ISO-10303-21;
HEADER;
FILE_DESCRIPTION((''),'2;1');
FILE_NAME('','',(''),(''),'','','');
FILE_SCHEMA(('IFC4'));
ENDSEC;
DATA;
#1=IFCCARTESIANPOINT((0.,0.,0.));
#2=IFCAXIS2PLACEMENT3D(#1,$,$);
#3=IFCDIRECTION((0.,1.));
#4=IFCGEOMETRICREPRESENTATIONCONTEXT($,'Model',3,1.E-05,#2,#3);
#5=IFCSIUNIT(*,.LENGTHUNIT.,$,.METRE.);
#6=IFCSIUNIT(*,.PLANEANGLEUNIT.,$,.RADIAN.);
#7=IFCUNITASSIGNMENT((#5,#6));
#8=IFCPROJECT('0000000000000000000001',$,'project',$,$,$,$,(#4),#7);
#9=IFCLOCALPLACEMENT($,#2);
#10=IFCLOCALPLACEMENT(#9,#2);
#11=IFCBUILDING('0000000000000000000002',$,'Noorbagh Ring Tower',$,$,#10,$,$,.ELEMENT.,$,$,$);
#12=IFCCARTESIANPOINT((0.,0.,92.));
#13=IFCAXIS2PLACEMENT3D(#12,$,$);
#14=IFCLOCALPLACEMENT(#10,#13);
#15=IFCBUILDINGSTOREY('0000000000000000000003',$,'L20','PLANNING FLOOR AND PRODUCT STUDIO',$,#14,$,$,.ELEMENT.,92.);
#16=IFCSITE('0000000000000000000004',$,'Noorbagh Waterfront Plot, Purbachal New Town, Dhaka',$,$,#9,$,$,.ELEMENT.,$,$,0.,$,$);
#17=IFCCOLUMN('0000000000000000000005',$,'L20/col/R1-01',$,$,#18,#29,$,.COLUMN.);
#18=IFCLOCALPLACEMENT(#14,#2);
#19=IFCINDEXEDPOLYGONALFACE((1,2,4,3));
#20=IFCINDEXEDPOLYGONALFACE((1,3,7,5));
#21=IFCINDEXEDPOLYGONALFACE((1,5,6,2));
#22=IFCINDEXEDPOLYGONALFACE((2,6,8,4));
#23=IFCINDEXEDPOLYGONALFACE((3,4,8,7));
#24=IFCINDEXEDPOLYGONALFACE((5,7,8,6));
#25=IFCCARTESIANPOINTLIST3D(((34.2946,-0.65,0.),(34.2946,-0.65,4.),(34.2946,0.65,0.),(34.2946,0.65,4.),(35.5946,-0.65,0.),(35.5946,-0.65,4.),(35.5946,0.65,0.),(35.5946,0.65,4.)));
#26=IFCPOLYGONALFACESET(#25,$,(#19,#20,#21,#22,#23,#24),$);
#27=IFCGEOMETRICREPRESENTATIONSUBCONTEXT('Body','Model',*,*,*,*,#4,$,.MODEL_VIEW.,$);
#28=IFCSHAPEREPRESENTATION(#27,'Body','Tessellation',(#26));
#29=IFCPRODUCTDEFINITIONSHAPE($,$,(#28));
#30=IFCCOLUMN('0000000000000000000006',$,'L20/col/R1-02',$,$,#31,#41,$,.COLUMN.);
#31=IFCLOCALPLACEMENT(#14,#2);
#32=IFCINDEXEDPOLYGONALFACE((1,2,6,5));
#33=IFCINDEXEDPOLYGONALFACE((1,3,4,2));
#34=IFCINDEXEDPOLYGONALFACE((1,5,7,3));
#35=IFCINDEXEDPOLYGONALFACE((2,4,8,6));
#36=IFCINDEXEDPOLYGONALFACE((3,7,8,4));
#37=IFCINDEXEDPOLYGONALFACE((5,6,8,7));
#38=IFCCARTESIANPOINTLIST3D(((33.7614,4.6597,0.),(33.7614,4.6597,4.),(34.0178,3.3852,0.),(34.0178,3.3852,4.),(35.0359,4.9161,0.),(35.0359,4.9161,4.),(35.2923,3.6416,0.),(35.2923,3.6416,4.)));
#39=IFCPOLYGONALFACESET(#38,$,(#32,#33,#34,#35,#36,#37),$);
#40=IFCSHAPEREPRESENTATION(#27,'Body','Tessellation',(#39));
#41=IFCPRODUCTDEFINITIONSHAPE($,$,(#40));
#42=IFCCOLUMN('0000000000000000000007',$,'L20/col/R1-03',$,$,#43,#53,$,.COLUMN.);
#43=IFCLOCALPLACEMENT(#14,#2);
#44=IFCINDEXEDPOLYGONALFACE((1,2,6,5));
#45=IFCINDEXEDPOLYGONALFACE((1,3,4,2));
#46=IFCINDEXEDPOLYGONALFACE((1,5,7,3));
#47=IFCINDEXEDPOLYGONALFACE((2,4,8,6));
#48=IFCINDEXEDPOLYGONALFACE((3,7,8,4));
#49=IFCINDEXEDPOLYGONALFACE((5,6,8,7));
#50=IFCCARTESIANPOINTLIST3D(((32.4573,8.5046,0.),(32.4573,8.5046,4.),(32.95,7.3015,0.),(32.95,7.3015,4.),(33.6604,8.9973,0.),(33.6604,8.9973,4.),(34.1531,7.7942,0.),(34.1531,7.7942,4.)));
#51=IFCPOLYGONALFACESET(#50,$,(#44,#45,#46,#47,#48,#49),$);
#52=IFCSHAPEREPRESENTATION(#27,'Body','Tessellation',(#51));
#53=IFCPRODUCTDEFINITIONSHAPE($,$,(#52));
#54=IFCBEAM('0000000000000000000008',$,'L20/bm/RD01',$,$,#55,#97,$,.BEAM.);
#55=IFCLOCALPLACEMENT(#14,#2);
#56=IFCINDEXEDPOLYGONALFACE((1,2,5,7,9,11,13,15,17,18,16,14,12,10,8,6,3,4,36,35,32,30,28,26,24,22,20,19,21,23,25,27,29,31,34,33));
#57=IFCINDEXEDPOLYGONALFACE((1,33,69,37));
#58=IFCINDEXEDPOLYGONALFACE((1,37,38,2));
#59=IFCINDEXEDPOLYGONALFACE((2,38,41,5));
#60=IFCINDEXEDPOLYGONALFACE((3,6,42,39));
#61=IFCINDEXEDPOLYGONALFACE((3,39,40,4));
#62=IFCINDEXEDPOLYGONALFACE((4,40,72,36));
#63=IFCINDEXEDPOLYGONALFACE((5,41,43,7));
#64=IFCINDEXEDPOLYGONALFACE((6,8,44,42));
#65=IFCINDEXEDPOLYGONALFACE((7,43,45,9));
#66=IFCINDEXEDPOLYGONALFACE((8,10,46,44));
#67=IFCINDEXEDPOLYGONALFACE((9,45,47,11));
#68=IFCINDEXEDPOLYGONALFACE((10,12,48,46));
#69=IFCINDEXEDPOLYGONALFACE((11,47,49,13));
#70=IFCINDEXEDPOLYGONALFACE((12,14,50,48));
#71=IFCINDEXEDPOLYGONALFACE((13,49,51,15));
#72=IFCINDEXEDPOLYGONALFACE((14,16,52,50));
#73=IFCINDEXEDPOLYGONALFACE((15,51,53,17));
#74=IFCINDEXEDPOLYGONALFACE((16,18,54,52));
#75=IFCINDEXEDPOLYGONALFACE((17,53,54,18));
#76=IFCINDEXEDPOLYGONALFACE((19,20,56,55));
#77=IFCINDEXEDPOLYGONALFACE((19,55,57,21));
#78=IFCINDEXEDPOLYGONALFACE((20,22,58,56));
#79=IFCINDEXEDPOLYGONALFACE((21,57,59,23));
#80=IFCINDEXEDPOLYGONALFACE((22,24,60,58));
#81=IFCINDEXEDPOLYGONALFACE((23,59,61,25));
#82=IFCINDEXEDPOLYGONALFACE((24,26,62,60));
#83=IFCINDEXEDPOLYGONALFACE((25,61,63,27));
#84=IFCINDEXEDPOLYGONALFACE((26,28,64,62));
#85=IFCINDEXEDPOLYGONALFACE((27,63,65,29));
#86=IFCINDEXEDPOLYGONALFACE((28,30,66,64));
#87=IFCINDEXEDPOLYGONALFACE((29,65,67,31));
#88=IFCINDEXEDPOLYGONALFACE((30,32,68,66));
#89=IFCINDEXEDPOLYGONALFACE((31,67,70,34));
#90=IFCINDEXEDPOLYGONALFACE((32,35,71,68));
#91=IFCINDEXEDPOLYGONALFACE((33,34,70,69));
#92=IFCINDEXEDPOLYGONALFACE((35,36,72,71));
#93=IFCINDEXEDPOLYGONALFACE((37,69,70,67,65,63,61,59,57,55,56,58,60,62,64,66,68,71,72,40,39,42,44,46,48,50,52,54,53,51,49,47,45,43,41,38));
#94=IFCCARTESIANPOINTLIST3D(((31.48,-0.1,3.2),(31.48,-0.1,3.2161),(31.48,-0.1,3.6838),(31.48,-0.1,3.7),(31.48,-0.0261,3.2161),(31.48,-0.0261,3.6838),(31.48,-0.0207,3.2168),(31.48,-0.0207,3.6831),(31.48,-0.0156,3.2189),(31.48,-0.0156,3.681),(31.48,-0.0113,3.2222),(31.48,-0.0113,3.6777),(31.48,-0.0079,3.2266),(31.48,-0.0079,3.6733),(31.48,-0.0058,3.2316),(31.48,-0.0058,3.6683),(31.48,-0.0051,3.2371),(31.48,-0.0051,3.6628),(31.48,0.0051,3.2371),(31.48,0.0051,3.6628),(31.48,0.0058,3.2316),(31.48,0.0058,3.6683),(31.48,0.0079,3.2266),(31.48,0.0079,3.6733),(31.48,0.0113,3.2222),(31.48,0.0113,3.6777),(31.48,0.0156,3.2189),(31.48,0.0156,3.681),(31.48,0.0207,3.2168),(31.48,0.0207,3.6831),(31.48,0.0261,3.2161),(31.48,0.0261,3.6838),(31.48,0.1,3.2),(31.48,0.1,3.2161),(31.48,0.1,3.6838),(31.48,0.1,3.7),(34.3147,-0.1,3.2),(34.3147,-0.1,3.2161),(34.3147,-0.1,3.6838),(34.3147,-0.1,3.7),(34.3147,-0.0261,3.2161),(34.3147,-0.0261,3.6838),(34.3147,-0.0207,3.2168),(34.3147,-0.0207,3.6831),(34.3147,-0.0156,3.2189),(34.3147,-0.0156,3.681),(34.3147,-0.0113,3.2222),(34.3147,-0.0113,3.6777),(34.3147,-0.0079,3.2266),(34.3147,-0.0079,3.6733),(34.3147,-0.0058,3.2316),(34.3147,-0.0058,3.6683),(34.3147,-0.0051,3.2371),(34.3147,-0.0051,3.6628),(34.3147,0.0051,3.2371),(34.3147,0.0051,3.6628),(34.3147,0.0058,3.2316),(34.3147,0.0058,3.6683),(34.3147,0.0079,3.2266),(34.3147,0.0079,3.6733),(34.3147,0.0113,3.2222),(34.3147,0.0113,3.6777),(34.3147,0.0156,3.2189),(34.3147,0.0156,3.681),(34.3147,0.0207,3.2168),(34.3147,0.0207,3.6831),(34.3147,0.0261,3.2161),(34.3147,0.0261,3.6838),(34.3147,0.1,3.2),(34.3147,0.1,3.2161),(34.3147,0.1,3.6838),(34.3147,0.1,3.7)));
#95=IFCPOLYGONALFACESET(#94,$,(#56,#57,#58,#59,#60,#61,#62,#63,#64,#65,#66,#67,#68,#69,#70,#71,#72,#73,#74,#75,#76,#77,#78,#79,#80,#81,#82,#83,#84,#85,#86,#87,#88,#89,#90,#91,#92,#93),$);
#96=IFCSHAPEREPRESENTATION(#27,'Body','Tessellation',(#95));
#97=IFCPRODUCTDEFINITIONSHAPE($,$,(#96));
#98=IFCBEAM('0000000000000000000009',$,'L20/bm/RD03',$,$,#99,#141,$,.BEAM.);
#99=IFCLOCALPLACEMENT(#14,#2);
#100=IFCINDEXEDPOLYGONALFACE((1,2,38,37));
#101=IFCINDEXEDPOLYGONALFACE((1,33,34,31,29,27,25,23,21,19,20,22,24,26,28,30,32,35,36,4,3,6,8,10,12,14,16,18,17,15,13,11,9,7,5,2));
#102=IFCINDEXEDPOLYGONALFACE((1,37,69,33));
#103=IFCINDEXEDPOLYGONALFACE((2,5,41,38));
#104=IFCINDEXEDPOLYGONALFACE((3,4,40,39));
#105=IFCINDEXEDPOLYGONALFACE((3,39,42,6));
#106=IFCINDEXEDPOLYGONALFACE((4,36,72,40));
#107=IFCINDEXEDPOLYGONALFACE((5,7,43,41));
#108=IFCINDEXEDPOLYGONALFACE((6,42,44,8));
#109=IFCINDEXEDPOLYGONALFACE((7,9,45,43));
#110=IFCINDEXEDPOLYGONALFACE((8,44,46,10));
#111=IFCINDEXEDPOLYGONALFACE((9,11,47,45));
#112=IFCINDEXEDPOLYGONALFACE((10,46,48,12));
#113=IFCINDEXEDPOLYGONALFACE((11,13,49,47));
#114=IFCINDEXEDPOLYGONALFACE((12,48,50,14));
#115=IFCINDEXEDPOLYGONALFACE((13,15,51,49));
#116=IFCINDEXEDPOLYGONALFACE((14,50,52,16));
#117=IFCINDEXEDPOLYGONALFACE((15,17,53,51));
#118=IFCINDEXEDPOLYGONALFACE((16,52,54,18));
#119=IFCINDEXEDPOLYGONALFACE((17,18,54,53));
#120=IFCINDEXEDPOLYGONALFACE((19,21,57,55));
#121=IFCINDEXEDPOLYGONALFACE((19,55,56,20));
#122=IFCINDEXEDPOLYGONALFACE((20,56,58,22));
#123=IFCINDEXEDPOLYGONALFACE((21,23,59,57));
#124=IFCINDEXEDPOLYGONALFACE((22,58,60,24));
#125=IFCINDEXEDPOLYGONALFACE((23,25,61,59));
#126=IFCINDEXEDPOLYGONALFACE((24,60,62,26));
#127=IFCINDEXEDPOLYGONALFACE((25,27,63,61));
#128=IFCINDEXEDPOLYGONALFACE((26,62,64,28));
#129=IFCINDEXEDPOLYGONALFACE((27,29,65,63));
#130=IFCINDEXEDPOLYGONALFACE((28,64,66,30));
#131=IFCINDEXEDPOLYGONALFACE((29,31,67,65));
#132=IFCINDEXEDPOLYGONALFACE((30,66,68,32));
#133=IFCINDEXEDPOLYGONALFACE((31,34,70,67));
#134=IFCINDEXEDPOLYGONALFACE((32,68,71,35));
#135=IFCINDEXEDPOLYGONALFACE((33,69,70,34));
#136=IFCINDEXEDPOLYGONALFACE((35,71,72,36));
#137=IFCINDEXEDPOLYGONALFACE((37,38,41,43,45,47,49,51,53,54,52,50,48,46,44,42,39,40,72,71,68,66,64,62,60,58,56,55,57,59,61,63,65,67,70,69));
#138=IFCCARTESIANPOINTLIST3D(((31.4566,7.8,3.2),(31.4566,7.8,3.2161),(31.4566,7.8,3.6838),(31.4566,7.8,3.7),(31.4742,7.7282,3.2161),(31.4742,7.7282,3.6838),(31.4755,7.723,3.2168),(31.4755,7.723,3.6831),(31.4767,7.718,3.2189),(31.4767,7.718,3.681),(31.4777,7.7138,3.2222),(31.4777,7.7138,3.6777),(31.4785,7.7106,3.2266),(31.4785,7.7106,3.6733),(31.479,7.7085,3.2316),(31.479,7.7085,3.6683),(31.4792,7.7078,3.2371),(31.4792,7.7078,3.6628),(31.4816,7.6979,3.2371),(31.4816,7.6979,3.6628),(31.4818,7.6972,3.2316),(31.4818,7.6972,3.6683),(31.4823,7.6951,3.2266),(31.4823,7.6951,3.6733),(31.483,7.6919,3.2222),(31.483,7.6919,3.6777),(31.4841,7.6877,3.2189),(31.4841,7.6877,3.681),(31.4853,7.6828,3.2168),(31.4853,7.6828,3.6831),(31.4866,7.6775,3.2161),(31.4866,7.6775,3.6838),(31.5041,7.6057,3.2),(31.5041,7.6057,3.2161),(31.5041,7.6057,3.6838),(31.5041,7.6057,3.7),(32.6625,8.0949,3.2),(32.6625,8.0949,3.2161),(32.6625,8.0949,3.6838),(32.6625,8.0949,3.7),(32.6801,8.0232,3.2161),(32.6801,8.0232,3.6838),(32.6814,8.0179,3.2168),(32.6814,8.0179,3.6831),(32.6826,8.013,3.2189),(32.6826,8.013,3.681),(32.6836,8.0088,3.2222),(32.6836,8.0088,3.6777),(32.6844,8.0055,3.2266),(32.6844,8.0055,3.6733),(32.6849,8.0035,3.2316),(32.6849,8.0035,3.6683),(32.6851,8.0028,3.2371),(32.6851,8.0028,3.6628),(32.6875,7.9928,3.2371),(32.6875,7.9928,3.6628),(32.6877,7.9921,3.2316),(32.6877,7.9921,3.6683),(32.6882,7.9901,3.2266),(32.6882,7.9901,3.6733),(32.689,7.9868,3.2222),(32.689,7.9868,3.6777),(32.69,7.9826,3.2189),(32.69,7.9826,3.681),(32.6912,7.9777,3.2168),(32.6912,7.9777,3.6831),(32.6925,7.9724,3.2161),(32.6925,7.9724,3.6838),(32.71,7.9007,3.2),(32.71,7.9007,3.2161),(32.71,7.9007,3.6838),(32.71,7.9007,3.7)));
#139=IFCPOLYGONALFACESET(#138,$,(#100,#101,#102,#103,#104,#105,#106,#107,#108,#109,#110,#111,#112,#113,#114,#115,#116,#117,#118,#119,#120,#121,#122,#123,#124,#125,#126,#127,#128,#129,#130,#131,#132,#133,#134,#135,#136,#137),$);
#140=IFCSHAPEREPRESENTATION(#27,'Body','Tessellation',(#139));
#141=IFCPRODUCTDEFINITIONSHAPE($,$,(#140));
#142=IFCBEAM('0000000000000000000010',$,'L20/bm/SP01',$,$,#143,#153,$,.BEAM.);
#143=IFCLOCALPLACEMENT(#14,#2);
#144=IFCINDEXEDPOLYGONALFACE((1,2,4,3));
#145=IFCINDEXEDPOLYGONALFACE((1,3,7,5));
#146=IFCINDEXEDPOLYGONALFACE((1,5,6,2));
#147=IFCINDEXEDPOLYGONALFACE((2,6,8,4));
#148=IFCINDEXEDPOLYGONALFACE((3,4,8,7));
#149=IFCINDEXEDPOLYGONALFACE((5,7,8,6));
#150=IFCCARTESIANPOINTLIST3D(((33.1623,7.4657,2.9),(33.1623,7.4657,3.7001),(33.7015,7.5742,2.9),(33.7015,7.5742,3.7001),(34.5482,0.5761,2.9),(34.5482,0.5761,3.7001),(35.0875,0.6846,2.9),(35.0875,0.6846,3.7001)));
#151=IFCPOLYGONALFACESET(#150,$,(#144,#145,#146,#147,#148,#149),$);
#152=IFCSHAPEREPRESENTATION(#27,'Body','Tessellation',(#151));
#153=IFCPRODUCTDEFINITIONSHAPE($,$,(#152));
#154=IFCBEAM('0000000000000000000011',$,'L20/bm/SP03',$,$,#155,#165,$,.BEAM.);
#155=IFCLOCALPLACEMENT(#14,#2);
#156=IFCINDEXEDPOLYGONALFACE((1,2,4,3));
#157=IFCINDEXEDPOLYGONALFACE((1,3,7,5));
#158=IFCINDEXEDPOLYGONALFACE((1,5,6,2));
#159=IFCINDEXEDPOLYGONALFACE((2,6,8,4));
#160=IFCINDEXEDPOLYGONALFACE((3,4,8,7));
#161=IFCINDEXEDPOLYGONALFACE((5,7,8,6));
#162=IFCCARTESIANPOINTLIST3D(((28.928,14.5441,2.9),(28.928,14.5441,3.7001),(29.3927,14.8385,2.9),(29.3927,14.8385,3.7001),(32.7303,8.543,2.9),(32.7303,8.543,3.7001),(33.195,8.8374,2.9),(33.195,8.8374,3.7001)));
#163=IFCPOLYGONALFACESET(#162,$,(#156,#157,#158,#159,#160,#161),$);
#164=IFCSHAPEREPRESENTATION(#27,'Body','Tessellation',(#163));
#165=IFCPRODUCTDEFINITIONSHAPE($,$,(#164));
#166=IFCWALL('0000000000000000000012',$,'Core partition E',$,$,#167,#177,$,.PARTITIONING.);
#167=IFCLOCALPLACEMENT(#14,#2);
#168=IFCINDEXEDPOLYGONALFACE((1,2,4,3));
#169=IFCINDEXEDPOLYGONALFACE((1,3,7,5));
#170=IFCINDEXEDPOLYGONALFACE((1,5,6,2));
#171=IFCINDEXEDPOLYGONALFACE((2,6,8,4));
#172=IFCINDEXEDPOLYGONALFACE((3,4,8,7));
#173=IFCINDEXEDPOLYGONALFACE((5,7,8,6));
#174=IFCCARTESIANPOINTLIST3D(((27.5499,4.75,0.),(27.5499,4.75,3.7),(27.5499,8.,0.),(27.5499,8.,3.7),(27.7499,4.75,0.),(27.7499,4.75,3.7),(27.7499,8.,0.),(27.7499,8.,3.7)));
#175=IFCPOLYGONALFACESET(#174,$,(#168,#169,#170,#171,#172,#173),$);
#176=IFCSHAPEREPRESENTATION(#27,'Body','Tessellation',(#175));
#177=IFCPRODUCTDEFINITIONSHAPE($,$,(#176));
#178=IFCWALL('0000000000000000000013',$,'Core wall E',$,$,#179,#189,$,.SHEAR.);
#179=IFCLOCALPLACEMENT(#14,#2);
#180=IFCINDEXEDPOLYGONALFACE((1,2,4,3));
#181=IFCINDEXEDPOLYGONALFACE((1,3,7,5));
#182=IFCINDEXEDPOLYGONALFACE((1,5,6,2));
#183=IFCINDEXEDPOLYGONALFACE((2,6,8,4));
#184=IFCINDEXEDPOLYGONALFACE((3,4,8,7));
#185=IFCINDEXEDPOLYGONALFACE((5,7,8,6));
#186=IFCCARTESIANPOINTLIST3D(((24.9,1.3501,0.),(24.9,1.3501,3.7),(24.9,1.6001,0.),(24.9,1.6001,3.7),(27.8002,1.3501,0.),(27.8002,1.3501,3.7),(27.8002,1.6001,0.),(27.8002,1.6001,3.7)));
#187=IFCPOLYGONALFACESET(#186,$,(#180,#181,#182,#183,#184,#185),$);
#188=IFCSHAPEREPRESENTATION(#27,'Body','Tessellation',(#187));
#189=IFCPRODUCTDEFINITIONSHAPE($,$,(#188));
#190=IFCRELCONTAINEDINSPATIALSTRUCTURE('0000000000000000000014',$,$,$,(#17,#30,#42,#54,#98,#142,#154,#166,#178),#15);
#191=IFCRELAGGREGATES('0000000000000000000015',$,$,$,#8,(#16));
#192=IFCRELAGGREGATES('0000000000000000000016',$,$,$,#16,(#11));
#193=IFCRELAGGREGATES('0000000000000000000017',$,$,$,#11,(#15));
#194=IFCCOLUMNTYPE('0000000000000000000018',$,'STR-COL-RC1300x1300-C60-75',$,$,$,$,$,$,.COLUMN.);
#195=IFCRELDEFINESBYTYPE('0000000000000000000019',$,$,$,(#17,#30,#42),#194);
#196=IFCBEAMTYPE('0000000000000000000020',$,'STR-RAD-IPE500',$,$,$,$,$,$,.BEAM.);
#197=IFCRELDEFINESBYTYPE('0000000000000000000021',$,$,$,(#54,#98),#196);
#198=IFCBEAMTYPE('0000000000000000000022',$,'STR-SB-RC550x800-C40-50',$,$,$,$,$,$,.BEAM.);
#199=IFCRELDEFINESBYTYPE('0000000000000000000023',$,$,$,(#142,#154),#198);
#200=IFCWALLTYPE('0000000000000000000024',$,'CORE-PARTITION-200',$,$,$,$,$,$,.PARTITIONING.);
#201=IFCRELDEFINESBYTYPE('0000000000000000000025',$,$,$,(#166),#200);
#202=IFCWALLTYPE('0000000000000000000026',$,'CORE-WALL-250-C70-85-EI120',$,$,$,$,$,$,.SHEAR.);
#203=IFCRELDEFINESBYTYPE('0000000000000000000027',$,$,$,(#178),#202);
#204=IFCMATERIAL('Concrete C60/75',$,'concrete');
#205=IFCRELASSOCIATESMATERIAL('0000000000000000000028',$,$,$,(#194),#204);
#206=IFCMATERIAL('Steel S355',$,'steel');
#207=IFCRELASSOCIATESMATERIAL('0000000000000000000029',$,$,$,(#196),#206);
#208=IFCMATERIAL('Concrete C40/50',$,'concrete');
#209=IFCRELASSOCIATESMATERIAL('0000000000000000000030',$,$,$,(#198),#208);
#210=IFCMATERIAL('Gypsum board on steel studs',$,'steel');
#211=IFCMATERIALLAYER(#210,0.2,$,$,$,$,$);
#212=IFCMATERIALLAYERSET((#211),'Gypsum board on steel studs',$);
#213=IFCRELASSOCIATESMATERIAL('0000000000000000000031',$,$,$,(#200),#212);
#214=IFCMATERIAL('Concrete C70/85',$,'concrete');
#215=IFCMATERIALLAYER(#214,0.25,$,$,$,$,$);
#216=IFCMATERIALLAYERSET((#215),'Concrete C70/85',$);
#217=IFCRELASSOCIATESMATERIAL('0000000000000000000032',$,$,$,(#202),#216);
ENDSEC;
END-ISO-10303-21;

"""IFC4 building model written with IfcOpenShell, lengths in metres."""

from ifc_helpers import new_model, si_unit, direction, frame, frame_2d, origin, origin_2d, place, context, subcontext, project, spatial, rectangle, i_section, extrude, material, layer, layer_set, material_profile, profile_set, type_object, element, save


model = new_model("IFC4")

# Units and contexts
model_context = context("Model", 3, precision=1e-05, world=origin(), true_north=direction((0.0, 1.0)))
body_context = subcontext(model_context, "Body", "Model", "MODEL_VIEW")
ifc_project = project(units=[si_unit("LENGTHUNIT", "METRE"), si_unit("PLANEANGLEUNIT", "RADIAN")], contexts=[model_context])

# Site, building, storey
site_placement = place(None, origin())
site = spatial("IfcSite", under=ifc_project, at=site_placement, Name="Noorbagh Waterfront Plot, Purbachal New Town, Dhaka", CompositionType="ELEMENT", RefElevation=0.0)
building_placement = place(site_placement, origin())
building = spatial("IfcBuilding", under=site, at=building_placement, Name="Noorbagh Ring Tower", CompositionType="ELEMENT")
storey_placement = place(building_placement, frame((0.0, 0.0, 92.0)))
storey = spatial("IfcBuildingStorey", under=building, at=storey_placement, Name="L20", Description="PLANNING FLOOR AND PRODUCT STUDIO", CompositionType="ELEMENT", Elevation=92.0)

# Columns
ifc_material_1 = material(Name="Concrete C60/75", Category="concrete")
ifc_material_profile_1 = material_profile(ifc_material_1, rectangle(XDim=1.3, YDim=1.3, at=origin_2d()), Name="RC1300x1300")
ifc_profile_set_1 = profile_set([ifc_material_profile_1], Name="Concrete C60/75")
column_type = type_object("IfcColumnType", Name="STR-COL-RC1300x1300-C60-75", PredefinedType="COLUMN", material=ifc_profile_set_1)
for number, where, z_axis, x_axis, name in (
    (1, (34.9446, 0.0, 0.0), (0.0, 0.0, 1.0), (0.0, 1.0, 0.0), "L20/col/R1-01"),
    (2, (34.5269, 4.1506, 0.0), (0.0, 0.0, 1.0), (-0.19723, 0.980357, 0.0), "L20/col/R1-02"),
    (3, (33.3052, 8.1494, 0.0), (0.0, 0.0, 1.0), (-0.378989, 0.925401, 0.0), "L20/col/R1-03"),
):
    element("IfcColumn", number, at=place(storey_placement, frame(where, z_axis=z_axis, x_axis=x_axis)), inside=storey, type_object=column_type, Name=name, PredefinedType="COLUMN", context=body_context, shape_type="SweptSolid", body=[
        extrude(rectangle(XDim=1.3, YDim=1.3, at=origin_2d()), origin(), (0.0, 0.0, 1.0), 4.0),
    ])

# Beams
ifc_material_2 = material(Name="Steel S355", Category="steel")
ifc_material_profile_2 = material_profile(ifc_material_2, i_section(OverallWidth=0.2, OverallDepth=0.5, WebThickness=0.0103, FlangeThickness=0.0161, FilletRadius=0.021, at=origin_2d()), Name="IPE500")
ifc_profile_set_2 = profile_set([ifc_material_profile_2], Name="Steel S355")
beam_type_1 = type_object("IfcBeamType", Name="STR-RAD-IPE500", PredefinedType="BEAM", material=ifc_profile_set_2)
beam_1_placement = place(storey_placement, frame((34.3147, 0.0, 3.45), z_axis=(-1.0, 0.0, 0.0), x_axis=(0.0, -1.0, 0.0)))
element("IfcBeam", 4, at=beam_1_placement, inside=storey, type_object=beam_type_1, Name="L20/bm/RD01", PredefinedType="BEAM", context=body_context, shape_type="SweptSolid", body=[
    extrude(i_section(OverallWidth=0.2, OverallDepth=0.5, WebThickness=0.0103, FlangeThickness=0.0161, FilletRadius=0.021, at=origin_2d()), origin(), (0.0, 0.0, 1.0), 2.8347),
])
beam_2_placement = place(storey_placement, frame((32.6863, 7.9978, 3.45), z_axis=(-0.971368, -0.237581, 0.0), x_axis=(0.237581, -0.971368, 0.0)))
element("IfcBeam", 5, at=beam_2_placement, inside=storey, type_object=beam_type_1, Name="L20/bm/RD03", PredefinedType="BEAM", context=body_context, shape_type="SweptSolid", body=[
    extrude(i_section(OverallWidth=0.2, OverallDepth=0.5, WebThickness=0.0103, FlangeThickness=0.0161, FilletRadius=0.021, at=origin_2d()), origin(), (0.0, 0.0, 1.0), 1.2415),
])
ifc_material_3 = material(Name="Concrete C40/50", Category="concrete")
ifc_material_profile_3 = material_profile(ifc_material_3, rectangle(XDim=0.55, YDim=0.8, at=origin_2d()), Name="RC550x800")
ifc_profile_set_3 = profile_set([ifc_material_profile_3], Name="Concrete C40/50")
beam_type_2 = type_object("IfcBeamType", Name="STR-SB-RC550x800-C40-50", PredefinedType="BEAM", material=ifc_profile_set_3)
beam_3_placement = place(storey_placement, frame((34.8179, 0.6304, 3.3), z_axis=(-0.197218, 0.98036, 0.0), x_axis=(-0.98036, -0.197218, 0.0)))
element("IfcBeam", 6, at=beam_3_placement, inside=storey, type_object=beam_type_2, Name="L20/bm/SP01", PredefinedType="BEAM", context=body_context, shape_type="SweptSolid", body=[
    extrude(rectangle(XDim=0.55, YDim=0.8, at=origin_2d()), origin(), (0.0, 0.0, 1.0), 7.0276),
])
beam_4_placement = place(storey_placement, frame((32.9626, 8.6902, 3.3), z_axis=(-0.535216, 0.844715, 0.0), x_axis=(-0.844715, -0.535216, 0.0)))
element("IfcBeam", 7, at=beam_4_placement, inside=storey, type_object=beam_type_2, Name="L20/bm/SP03", PredefinedType="BEAM", context=body_context, shape_type="SweptSolid", body=[
    extrude(rectangle(XDim=0.55, YDim=0.8, at=origin_2d()), origin(), (0.0, 0.0, 1.0), 7.1042),
])

# Walls
ifc_material_4 = material(Name="Gypsum board on steel studs", Category="steel")
ifc_layer_1 = layer(ifc_material_4, 0.2)
ifc_layer_set_1 = layer_set([ifc_layer_1], Name="Gypsum board on steel studs")
wall_type_1 = type_object("IfcWallType", Name="CORE-PARTITION-200", PredefinedType="PARTITIONING", material=ifc_layer_set_1)
wall_1_placement = place(storey_placement, frame((27.6499, 4.75, 0.0), z_axis=(0.0, 0.0, 1.0), x_axis=(0.0, 1.0, 0.0)))
element("IfcWall", 8, at=wall_1_placement, inside=storey, type_object=wall_type_1, Name="Core partition E", PredefinedType="PARTITIONING", context=body_context, shape_type="SweptSolid", body=[
    extrude(rectangle(XDim=3.25, YDim=0.2, at=frame_2d((1.625, 0.0))), origin(), (0.0, 0.0, 1.0), 3.7),
])
ifc_material_5 = material(Name="Concrete C70/85", Category="concrete")
ifc_layer_2 = layer(ifc_material_5, 0.25)
ifc_layer_set_2 = layer_set([ifc_layer_2], Name="Concrete C70/85")
wall_type_2 = type_object("IfcWallType", Name="CORE-WALL-250-C70-85-EI120", PredefinedType="SHEAR", material=ifc_layer_set_2)
wall_2_placement = place(storey_placement, frame((24.8999, 1.4751, 0.0), z_axis=(0.0, 0.0, 1.0), x_axis=(1.0, 0.0, 0.0)))
element("IfcWall", 9, at=wall_2_placement, inside=storey, type_object=wall_type_2, Name="Core wall E", PredefinedType="SHEAR", context=body_context, shape_type="SweptSolid", body=[
    extrude(rectangle(XDim=2.9001, YDim=0.25, at=frame_2d((1.4502, 0.0))), origin(), (0.0, 0.0, 1.0), 3.7),
])

save(model, "model.ifc")
